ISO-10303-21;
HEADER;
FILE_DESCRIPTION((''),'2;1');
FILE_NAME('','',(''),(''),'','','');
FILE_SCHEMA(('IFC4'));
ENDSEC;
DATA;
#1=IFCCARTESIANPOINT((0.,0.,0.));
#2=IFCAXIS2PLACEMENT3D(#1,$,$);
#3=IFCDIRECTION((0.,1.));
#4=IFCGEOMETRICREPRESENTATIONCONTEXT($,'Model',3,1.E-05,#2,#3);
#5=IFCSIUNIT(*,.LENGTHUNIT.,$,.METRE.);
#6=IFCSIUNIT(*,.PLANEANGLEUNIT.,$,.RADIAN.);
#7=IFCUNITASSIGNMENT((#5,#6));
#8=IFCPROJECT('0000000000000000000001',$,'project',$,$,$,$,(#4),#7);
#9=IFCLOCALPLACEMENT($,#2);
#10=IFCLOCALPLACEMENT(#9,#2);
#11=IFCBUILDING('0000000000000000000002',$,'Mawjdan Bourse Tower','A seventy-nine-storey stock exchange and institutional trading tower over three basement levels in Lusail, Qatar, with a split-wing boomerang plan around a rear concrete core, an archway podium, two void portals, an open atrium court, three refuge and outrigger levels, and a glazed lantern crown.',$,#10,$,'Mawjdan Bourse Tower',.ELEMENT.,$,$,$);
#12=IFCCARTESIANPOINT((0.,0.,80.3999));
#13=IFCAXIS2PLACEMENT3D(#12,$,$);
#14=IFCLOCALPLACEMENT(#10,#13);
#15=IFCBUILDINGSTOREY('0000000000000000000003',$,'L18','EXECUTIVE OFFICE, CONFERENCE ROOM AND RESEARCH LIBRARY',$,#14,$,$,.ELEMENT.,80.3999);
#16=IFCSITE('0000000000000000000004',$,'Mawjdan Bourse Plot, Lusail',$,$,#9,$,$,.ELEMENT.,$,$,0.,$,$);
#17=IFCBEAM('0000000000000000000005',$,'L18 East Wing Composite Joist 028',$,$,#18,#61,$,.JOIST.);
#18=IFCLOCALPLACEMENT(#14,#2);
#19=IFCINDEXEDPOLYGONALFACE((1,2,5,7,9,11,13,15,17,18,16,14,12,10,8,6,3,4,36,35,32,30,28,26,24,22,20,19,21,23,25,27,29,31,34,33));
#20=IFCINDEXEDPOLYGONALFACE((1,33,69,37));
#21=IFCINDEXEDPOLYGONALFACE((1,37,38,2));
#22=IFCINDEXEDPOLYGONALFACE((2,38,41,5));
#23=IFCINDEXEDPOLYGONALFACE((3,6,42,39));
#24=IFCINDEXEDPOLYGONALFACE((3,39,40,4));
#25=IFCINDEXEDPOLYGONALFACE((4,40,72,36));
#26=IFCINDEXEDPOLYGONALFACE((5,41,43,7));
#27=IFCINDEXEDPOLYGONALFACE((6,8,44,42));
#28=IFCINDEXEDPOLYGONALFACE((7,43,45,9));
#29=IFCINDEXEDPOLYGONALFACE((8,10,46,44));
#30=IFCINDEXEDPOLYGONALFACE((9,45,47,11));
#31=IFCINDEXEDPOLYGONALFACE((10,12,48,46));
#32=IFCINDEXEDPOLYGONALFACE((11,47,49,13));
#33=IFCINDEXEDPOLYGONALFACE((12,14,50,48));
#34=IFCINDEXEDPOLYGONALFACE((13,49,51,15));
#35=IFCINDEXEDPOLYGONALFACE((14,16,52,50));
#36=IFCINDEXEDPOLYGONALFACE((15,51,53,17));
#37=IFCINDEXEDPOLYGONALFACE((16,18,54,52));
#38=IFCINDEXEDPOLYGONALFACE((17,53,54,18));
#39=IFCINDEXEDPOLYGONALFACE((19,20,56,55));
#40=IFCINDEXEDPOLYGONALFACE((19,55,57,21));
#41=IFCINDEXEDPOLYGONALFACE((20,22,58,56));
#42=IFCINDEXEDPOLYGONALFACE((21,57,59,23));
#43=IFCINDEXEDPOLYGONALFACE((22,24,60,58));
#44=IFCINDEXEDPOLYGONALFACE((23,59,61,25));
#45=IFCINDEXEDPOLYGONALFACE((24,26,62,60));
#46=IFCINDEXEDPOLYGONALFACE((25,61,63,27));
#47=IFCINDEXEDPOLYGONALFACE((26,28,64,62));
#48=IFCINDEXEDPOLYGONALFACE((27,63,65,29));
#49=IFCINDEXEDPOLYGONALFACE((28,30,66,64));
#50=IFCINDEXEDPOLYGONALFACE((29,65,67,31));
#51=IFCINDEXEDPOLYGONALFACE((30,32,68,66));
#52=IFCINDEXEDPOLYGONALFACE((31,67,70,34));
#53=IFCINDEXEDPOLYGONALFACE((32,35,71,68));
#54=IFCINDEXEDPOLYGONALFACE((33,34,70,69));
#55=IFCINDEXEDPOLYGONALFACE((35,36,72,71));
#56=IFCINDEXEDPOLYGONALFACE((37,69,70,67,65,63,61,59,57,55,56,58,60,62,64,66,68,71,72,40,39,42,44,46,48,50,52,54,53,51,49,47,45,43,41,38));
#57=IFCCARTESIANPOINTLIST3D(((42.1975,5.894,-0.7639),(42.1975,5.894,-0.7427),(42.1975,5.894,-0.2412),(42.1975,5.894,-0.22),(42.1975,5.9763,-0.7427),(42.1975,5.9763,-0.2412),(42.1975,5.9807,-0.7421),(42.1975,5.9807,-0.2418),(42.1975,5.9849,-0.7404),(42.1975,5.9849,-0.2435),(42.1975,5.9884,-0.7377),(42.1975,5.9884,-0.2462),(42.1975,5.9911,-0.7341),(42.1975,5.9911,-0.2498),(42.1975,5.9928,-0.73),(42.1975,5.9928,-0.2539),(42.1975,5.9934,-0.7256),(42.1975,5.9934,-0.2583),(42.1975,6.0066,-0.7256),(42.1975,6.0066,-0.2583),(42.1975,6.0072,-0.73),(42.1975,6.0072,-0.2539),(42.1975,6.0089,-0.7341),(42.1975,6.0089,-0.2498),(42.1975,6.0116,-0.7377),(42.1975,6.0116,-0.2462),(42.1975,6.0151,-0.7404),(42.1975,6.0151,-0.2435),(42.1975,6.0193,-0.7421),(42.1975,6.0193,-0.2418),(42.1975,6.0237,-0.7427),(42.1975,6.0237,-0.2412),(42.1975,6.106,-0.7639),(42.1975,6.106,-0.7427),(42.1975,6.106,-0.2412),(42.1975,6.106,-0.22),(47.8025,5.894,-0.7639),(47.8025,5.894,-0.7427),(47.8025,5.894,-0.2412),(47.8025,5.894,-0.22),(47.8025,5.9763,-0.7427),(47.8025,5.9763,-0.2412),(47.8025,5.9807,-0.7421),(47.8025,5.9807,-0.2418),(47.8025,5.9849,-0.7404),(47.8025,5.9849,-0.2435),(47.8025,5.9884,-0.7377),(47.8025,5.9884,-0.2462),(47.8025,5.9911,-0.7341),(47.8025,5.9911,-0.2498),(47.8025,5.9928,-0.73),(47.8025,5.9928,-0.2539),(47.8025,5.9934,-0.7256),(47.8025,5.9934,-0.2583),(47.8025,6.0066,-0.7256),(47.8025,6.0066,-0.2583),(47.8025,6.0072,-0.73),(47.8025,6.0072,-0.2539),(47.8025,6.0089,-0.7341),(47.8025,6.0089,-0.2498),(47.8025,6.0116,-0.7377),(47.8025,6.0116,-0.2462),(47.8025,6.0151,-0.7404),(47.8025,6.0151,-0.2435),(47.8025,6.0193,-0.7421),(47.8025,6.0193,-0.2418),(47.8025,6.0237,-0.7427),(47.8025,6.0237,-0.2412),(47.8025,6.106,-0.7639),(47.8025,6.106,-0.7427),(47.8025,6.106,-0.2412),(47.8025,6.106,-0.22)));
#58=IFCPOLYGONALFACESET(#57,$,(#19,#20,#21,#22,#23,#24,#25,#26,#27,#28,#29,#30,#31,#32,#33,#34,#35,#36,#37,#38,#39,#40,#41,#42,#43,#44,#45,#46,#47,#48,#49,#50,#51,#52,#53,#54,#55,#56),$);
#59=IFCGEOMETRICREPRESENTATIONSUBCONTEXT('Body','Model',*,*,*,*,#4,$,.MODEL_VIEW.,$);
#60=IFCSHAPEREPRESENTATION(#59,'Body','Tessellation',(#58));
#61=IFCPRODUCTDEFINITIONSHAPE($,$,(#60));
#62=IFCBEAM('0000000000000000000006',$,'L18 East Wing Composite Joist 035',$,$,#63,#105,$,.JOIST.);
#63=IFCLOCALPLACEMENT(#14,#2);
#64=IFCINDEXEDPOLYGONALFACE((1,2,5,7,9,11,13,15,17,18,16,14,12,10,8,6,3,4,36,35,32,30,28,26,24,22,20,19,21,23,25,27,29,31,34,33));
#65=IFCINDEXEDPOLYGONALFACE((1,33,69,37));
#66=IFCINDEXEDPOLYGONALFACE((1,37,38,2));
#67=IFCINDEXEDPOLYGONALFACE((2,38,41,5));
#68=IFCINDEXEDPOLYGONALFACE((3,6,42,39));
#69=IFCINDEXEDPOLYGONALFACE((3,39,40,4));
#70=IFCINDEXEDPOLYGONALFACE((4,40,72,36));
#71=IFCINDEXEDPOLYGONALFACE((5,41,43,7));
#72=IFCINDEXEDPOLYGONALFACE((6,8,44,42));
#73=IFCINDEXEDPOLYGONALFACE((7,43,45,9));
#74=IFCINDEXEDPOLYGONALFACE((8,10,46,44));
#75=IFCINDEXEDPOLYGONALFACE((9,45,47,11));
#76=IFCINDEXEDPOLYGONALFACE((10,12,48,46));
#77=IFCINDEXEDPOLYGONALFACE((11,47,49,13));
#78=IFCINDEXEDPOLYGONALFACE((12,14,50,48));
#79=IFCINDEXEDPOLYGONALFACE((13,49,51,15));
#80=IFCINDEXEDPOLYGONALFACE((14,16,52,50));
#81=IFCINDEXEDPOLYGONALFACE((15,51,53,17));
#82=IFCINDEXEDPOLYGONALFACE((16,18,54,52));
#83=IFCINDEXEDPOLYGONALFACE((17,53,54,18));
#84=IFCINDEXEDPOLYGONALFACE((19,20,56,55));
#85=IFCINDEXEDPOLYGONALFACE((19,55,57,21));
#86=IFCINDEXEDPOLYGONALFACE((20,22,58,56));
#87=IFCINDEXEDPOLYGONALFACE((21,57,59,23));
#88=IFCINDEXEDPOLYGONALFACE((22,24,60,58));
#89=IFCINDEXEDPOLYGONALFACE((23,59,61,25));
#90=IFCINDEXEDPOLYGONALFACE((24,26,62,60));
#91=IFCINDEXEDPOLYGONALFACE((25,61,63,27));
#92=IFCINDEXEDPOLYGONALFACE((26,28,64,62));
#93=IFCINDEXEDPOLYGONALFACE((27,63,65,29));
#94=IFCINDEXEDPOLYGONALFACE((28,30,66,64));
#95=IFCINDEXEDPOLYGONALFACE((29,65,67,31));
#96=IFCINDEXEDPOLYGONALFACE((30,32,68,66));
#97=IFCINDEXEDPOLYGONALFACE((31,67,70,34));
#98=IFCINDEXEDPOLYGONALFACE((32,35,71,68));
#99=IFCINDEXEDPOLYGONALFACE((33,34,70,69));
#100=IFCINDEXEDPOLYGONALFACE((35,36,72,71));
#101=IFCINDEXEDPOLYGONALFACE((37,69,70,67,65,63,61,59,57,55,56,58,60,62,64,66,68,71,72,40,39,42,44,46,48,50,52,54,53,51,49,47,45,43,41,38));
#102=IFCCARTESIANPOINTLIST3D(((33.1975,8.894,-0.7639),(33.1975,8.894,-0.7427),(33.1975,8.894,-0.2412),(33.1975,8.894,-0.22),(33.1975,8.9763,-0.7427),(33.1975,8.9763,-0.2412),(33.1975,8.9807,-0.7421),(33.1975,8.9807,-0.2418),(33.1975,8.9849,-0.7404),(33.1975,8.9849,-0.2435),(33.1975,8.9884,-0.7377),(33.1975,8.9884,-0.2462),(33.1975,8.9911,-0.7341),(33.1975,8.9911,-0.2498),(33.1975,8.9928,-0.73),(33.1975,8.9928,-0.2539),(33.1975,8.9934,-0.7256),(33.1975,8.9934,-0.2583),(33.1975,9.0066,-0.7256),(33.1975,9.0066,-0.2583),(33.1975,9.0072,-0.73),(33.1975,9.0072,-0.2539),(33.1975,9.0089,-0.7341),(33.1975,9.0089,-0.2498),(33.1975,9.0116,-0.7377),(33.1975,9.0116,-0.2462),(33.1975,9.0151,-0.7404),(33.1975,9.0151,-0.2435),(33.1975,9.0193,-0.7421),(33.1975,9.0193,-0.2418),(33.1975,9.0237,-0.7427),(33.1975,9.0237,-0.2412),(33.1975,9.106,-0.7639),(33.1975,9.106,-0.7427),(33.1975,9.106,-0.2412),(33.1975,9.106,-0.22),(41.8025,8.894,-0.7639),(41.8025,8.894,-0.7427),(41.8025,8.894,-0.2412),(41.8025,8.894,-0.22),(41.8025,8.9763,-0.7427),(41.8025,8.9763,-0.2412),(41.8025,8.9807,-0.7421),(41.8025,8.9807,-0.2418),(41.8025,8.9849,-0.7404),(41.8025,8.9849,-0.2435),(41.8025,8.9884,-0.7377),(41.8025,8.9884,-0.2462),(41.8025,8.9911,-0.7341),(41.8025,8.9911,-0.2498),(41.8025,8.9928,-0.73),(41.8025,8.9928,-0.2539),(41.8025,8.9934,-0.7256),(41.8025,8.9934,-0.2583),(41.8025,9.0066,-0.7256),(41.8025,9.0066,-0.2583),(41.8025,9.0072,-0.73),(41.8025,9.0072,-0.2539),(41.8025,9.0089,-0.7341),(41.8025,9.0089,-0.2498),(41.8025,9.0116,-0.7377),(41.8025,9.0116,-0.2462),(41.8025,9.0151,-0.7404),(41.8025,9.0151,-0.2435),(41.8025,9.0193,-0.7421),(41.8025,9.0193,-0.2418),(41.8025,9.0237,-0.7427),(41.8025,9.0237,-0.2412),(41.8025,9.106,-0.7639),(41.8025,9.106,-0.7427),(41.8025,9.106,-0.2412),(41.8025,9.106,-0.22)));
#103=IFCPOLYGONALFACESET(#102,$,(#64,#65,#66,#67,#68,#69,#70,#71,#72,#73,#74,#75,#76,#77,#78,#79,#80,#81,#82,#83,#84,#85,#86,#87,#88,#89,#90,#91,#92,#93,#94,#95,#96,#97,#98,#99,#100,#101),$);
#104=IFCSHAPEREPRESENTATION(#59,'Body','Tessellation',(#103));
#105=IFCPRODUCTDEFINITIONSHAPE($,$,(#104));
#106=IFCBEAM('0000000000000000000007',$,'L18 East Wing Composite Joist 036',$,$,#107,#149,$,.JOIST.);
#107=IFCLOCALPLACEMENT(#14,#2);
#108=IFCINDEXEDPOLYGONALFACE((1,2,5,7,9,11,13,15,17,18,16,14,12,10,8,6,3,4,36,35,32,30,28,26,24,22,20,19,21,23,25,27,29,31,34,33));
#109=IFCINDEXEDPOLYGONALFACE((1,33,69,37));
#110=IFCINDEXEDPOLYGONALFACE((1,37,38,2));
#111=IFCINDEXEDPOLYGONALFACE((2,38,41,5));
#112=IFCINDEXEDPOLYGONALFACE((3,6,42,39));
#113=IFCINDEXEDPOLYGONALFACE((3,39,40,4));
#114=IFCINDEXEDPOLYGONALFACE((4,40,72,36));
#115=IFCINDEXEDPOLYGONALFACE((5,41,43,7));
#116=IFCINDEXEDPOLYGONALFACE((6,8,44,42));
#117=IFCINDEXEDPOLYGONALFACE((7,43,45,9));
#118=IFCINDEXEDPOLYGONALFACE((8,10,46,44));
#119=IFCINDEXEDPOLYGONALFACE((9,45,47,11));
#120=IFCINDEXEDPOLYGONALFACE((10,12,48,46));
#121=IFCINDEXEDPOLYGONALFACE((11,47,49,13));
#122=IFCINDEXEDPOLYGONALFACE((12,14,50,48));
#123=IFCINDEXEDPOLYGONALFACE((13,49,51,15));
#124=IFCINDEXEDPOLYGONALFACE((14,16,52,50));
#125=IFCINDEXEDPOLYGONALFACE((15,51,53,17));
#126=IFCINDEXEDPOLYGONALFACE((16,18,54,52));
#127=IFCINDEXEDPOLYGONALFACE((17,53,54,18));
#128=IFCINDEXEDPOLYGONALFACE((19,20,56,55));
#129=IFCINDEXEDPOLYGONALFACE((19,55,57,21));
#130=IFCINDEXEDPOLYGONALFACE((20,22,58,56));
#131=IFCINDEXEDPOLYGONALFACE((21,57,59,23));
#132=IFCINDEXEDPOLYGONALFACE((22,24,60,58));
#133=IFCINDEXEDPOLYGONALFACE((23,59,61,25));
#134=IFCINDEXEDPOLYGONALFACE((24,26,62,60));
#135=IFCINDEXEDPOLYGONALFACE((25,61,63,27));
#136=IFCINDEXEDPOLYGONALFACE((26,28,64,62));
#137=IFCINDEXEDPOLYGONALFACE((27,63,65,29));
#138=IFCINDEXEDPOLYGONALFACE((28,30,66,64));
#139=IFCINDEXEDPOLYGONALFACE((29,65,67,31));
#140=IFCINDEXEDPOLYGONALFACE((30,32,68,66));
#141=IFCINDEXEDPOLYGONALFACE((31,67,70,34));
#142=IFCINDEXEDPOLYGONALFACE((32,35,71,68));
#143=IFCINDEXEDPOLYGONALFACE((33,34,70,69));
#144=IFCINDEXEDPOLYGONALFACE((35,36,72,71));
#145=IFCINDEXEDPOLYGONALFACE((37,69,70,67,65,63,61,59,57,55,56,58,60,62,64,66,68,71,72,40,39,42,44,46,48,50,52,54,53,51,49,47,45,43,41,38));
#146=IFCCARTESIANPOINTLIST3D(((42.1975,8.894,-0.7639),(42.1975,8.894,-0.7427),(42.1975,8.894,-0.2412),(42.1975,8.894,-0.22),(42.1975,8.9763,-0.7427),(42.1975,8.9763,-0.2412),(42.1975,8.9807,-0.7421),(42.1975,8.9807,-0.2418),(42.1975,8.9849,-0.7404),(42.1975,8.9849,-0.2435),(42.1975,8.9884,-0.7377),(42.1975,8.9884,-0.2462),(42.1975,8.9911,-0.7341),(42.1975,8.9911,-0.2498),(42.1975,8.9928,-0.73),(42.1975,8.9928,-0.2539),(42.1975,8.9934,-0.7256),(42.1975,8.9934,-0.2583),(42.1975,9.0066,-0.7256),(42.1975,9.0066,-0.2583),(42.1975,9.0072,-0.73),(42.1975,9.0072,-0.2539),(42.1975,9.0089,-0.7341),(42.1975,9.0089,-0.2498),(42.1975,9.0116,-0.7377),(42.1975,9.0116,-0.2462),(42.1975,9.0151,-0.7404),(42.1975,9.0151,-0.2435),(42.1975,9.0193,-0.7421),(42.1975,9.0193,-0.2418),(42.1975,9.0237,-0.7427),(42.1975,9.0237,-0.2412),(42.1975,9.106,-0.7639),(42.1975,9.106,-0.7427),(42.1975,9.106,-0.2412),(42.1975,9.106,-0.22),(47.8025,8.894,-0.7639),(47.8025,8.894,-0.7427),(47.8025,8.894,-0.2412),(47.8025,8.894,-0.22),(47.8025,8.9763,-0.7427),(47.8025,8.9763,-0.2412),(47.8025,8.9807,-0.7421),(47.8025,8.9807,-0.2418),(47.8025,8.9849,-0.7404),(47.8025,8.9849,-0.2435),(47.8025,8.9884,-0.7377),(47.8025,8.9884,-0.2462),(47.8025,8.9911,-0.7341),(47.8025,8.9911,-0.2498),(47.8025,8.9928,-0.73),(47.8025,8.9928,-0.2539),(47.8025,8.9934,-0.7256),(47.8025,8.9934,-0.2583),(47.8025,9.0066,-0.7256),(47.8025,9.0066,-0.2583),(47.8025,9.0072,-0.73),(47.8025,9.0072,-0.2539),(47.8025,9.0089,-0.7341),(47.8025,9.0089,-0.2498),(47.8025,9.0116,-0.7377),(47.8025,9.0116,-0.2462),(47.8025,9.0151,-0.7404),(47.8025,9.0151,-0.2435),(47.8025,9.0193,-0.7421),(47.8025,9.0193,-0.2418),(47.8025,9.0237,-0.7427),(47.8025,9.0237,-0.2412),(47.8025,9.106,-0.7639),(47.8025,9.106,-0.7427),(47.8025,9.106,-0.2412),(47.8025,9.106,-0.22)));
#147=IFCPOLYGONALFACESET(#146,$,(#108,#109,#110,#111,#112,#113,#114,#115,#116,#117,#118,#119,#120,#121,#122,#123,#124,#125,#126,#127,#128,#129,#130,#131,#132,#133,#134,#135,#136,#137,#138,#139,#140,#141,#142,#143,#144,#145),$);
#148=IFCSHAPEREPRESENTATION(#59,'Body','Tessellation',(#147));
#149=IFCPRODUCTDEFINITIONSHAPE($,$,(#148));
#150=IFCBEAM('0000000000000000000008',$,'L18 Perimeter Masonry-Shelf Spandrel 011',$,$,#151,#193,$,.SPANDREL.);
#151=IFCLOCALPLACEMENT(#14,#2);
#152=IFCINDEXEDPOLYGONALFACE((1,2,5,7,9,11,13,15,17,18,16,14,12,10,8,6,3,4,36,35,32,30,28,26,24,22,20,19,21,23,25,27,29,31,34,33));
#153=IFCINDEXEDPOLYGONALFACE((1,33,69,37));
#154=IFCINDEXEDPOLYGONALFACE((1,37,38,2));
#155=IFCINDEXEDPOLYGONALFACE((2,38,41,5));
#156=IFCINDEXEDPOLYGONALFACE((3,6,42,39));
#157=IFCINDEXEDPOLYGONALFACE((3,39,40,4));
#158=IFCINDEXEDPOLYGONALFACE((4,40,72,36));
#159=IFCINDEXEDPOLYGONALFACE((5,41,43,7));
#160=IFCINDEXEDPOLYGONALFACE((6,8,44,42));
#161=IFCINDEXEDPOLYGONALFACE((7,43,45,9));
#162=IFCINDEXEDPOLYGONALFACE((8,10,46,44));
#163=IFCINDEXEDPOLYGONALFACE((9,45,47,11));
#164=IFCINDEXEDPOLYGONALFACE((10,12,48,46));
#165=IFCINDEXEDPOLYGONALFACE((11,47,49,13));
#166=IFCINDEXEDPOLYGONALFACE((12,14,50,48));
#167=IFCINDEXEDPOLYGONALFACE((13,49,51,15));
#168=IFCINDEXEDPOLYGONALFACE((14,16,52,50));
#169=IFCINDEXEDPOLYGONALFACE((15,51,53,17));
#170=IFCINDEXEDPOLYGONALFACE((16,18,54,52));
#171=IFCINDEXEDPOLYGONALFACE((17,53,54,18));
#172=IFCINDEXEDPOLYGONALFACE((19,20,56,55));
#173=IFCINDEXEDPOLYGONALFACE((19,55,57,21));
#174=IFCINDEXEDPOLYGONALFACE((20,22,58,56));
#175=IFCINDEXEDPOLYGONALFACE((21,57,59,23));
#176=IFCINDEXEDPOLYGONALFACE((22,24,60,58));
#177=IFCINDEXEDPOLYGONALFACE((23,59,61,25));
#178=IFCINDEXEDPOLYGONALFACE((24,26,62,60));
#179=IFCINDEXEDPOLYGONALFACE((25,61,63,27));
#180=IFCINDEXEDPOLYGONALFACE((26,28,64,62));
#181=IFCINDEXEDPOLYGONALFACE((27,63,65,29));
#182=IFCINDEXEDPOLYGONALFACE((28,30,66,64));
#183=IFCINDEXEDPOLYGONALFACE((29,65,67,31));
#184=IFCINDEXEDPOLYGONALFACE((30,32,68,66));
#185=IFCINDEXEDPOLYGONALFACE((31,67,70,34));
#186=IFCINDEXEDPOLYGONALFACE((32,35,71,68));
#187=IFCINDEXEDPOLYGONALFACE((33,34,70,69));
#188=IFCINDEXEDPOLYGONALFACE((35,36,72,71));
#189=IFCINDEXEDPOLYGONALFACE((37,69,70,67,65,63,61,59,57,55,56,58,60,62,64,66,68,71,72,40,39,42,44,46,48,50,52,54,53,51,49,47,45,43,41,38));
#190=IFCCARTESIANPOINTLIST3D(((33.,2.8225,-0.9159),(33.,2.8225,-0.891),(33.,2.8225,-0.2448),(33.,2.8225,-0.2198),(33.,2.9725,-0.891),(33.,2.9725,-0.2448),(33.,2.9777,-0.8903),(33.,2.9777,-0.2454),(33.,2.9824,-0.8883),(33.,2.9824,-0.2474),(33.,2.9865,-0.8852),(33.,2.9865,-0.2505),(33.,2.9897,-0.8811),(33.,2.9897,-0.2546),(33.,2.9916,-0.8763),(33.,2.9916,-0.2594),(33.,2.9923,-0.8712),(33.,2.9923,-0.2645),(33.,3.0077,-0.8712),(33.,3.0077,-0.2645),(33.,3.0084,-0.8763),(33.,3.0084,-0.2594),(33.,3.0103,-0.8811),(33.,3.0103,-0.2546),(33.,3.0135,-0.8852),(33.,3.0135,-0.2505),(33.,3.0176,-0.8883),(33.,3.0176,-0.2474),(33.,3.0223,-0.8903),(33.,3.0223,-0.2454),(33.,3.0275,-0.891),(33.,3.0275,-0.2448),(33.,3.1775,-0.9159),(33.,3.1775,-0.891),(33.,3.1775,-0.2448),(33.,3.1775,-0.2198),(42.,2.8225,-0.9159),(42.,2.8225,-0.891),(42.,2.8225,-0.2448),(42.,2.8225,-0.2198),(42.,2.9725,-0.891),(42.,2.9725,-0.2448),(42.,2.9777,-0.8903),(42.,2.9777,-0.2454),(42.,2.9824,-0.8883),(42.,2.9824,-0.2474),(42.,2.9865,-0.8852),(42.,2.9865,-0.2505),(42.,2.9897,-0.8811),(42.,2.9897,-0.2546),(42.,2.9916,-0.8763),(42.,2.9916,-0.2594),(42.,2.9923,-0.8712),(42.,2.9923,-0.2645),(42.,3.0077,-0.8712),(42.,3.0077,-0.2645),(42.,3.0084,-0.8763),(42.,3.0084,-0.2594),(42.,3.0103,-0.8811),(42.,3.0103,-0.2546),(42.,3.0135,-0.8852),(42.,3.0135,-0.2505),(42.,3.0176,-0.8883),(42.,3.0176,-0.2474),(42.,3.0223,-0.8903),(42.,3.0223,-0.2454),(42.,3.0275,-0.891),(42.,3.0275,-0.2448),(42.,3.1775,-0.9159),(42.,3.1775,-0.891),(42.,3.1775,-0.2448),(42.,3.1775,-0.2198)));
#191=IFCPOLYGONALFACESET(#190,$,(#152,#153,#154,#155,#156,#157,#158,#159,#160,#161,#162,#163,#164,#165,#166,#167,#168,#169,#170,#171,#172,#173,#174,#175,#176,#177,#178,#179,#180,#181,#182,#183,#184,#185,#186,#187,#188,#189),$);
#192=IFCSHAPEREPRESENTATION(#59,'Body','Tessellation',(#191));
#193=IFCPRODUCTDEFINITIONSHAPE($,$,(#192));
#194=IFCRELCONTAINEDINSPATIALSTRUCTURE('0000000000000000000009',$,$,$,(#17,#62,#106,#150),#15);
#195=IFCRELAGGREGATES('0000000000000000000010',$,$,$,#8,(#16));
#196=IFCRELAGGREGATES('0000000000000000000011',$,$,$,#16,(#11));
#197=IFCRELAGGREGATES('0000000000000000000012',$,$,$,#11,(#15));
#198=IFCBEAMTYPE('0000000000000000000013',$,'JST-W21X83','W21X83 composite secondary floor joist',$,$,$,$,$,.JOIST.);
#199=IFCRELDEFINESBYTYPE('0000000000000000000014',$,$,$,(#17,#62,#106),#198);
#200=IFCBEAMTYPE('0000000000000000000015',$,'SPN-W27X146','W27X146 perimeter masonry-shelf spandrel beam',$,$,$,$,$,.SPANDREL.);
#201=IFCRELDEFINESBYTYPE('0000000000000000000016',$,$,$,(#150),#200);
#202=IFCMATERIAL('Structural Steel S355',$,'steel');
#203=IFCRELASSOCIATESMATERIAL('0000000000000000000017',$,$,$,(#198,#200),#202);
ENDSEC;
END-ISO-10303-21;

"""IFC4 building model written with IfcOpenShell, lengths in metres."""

from ifc_helpers import new_model, si_unit, direction, frame, origin, origin_2d, place, context, subcontext, project, spatial, i_section, extrude, material, material_profile, profile_set, type_object, element, save


model = new_model("IFC4")

# Units and contexts
model_context = context("Model", 3, precision=1e-05, world=origin(), true_north=direction((0.0, 1.0)))
body_context = subcontext(model_context, "Body", "Model", "MODEL_VIEW")
ifc_project = project(units=[si_unit("LENGTHUNIT", "METRE"), si_unit("PLANEANGLEUNIT", "RADIAN")], contexts=[model_context])

# Site, building, storey
site_placement = place(None, origin())
site = spatial("IfcSite", under=ifc_project, at=site_placement, Name="Mawjdan Bourse Plot, Lusail", CompositionType="ELEMENT", RefElevation=0.0)
building_placement = place(site_placement, origin())
building = spatial("IfcBuilding", under=site, at=building_placement, Name="Mawjdan Bourse Tower", Description="A seventy-nine-storey stock exchange and institutional trading tower over three basement levels in Lusail, Qatar, with a split-wing boomerang plan around a rear concrete core, an archway podium, two void portals, an open atrium court, three refuge and outrigger levels, and a glazed lantern crown.", LongName="Mawjdan Bourse Tower", CompositionType="ELEMENT")
storey_placement = place(building_placement, frame((0.0, 0.0, 80.3999)))
storey = spatial("IfcBuildingStorey", under=building, at=storey_placement, Name="L18", Description="EXECUTIVE OFFICE, CONFERENCE ROOM AND RESEARCH LIBRARY", CompositionType="ELEMENT", Elevation=80.3999)

# Beams
ifc_material_1 = material(Name="Structural Steel S355", Category="steel")
ifc_material_profile_1 = material_profile(ifc_material_1, i_section(OverallWidth=0.2119, OverallDepth=0.5439, WebThickness=0.0132, FlangeThickness=0.0212, FilletRadius=0.0171, at=origin_2d()), Name="W21X83")
ifc_profile_set_1 = profile_set([ifc_material_profile_1], Name="Structural Steel S355")
beam_type_1 = type_object("IfcBeamType", Name="JST-W21X83", Description="W21X83 composite secondary floor joist", PredefinedType="JOIST", material=ifc_profile_set_1)
beam_1_placement = place(storey_placement, frame((42.1975, 6.0, -0.4919), z_axis=(1.0, 0.0, 0.0), x_axis=(0.0, 1.0, 0.0)))
element("IfcBeam", 1, at=beam_1_placement, inside=storey, type_object=beam_type_1, Name="L18 East Wing Composite Joist 028", PredefinedType="JOIST", context=body_context, shape_type="SweptSolid", body=[
    extrude(i_section(OverallWidth=0.2119, OverallDepth=0.5439, WebThickness=0.0132, FlangeThickness=0.0212, FilletRadius=0.0171, at=origin_2d()), origin(), (0.0, 0.0, 1.0), 5.605),
])
beam_2_placement = place(storey_placement, frame((33.1975, 9.0, -0.4919), z_axis=(1.0, 0.0, 0.0), x_axis=(0.0, 1.0, 0.0)))
element("IfcBeam", 2, at=beam_2_placement, inside=storey, type_object=beam_type_1, Name="L18 East Wing Composite Joist 035", PredefinedType="JOIST", context=body_context, shape_type="SweptSolid", body=[
    extrude(i_section(OverallWidth=0.2119, OverallDepth=0.5439, WebThickness=0.0132, FlangeThickness=0.0212, FilletRadius=0.0171, at=origin_2d()), origin(), (0.0, 0.0, 1.0), 8.605),
])
beam_3_placement = place(storey_placement, frame((42.1975, 9.0, -0.4919), z_axis=(1.0, 0.0, 0.0), x_axis=(0.0, 1.0, 0.0)))
element("IfcBeam", 3, at=beam_3_placement, inside=storey, type_object=beam_type_1, Name="L18 East Wing Composite Joist 036", PredefinedType="JOIST", context=body_context, shape_type="SweptSolid", body=[
    extrude(i_section(OverallWidth=0.2119, OverallDepth=0.5439, WebThickness=0.0132, FlangeThickness=0.0212, FilletRadius=0.0171, at=origin_2d()), origin(), (0.0, 0.0, 1.0), 5.605),
])
ifc_material_profile_2 = material_profile(ifc_material_1, i_section(OverallWidth=0.355, OverallDepth=0.696, WebThickness=0.0154, FlangeThickness=0.0249, FilletRadius=0.0198, at=origin_2d()), Name="W27X146")
ifc_profile_set_2 = profile_set([ifc_material_profile_2], Name="Structural Steel S355")
beam_type_2 = type_object("IfcBeamType", Name="SPN-W27X146", Description="W27X146 perimeter masonry-shelf spandrel beam", PredefinedType="SPANDREL", material=ifc_profile_set_2)
beam_4_placement = place(storey_placement, frame((33.0, 3.0, -0.5679), z_axis=(1.0, 0.0, 0.0), x_axis=(0.0, 1.0, 0.0)))
element("IfcBeam", 4, at=beam_4_placement, inside=storey, type_object=beam_type_2, Name="L18 Perimeter Masonry-Shelf Spandrel 011", PredefinedType="SPANDREL", context=body_context, shape_type="SweptSolid", body=[
    extrude(i_section(OverallWidth=0.355, OverallDepth=0.696, WebThickness=0.0154, FlangeThickness=0.0249, FilletRadius=0.0198, at=origin_2d()), origin(), (0.0, 0.0, 1.0), 9.0),
])

save(model, "model.ifc")
